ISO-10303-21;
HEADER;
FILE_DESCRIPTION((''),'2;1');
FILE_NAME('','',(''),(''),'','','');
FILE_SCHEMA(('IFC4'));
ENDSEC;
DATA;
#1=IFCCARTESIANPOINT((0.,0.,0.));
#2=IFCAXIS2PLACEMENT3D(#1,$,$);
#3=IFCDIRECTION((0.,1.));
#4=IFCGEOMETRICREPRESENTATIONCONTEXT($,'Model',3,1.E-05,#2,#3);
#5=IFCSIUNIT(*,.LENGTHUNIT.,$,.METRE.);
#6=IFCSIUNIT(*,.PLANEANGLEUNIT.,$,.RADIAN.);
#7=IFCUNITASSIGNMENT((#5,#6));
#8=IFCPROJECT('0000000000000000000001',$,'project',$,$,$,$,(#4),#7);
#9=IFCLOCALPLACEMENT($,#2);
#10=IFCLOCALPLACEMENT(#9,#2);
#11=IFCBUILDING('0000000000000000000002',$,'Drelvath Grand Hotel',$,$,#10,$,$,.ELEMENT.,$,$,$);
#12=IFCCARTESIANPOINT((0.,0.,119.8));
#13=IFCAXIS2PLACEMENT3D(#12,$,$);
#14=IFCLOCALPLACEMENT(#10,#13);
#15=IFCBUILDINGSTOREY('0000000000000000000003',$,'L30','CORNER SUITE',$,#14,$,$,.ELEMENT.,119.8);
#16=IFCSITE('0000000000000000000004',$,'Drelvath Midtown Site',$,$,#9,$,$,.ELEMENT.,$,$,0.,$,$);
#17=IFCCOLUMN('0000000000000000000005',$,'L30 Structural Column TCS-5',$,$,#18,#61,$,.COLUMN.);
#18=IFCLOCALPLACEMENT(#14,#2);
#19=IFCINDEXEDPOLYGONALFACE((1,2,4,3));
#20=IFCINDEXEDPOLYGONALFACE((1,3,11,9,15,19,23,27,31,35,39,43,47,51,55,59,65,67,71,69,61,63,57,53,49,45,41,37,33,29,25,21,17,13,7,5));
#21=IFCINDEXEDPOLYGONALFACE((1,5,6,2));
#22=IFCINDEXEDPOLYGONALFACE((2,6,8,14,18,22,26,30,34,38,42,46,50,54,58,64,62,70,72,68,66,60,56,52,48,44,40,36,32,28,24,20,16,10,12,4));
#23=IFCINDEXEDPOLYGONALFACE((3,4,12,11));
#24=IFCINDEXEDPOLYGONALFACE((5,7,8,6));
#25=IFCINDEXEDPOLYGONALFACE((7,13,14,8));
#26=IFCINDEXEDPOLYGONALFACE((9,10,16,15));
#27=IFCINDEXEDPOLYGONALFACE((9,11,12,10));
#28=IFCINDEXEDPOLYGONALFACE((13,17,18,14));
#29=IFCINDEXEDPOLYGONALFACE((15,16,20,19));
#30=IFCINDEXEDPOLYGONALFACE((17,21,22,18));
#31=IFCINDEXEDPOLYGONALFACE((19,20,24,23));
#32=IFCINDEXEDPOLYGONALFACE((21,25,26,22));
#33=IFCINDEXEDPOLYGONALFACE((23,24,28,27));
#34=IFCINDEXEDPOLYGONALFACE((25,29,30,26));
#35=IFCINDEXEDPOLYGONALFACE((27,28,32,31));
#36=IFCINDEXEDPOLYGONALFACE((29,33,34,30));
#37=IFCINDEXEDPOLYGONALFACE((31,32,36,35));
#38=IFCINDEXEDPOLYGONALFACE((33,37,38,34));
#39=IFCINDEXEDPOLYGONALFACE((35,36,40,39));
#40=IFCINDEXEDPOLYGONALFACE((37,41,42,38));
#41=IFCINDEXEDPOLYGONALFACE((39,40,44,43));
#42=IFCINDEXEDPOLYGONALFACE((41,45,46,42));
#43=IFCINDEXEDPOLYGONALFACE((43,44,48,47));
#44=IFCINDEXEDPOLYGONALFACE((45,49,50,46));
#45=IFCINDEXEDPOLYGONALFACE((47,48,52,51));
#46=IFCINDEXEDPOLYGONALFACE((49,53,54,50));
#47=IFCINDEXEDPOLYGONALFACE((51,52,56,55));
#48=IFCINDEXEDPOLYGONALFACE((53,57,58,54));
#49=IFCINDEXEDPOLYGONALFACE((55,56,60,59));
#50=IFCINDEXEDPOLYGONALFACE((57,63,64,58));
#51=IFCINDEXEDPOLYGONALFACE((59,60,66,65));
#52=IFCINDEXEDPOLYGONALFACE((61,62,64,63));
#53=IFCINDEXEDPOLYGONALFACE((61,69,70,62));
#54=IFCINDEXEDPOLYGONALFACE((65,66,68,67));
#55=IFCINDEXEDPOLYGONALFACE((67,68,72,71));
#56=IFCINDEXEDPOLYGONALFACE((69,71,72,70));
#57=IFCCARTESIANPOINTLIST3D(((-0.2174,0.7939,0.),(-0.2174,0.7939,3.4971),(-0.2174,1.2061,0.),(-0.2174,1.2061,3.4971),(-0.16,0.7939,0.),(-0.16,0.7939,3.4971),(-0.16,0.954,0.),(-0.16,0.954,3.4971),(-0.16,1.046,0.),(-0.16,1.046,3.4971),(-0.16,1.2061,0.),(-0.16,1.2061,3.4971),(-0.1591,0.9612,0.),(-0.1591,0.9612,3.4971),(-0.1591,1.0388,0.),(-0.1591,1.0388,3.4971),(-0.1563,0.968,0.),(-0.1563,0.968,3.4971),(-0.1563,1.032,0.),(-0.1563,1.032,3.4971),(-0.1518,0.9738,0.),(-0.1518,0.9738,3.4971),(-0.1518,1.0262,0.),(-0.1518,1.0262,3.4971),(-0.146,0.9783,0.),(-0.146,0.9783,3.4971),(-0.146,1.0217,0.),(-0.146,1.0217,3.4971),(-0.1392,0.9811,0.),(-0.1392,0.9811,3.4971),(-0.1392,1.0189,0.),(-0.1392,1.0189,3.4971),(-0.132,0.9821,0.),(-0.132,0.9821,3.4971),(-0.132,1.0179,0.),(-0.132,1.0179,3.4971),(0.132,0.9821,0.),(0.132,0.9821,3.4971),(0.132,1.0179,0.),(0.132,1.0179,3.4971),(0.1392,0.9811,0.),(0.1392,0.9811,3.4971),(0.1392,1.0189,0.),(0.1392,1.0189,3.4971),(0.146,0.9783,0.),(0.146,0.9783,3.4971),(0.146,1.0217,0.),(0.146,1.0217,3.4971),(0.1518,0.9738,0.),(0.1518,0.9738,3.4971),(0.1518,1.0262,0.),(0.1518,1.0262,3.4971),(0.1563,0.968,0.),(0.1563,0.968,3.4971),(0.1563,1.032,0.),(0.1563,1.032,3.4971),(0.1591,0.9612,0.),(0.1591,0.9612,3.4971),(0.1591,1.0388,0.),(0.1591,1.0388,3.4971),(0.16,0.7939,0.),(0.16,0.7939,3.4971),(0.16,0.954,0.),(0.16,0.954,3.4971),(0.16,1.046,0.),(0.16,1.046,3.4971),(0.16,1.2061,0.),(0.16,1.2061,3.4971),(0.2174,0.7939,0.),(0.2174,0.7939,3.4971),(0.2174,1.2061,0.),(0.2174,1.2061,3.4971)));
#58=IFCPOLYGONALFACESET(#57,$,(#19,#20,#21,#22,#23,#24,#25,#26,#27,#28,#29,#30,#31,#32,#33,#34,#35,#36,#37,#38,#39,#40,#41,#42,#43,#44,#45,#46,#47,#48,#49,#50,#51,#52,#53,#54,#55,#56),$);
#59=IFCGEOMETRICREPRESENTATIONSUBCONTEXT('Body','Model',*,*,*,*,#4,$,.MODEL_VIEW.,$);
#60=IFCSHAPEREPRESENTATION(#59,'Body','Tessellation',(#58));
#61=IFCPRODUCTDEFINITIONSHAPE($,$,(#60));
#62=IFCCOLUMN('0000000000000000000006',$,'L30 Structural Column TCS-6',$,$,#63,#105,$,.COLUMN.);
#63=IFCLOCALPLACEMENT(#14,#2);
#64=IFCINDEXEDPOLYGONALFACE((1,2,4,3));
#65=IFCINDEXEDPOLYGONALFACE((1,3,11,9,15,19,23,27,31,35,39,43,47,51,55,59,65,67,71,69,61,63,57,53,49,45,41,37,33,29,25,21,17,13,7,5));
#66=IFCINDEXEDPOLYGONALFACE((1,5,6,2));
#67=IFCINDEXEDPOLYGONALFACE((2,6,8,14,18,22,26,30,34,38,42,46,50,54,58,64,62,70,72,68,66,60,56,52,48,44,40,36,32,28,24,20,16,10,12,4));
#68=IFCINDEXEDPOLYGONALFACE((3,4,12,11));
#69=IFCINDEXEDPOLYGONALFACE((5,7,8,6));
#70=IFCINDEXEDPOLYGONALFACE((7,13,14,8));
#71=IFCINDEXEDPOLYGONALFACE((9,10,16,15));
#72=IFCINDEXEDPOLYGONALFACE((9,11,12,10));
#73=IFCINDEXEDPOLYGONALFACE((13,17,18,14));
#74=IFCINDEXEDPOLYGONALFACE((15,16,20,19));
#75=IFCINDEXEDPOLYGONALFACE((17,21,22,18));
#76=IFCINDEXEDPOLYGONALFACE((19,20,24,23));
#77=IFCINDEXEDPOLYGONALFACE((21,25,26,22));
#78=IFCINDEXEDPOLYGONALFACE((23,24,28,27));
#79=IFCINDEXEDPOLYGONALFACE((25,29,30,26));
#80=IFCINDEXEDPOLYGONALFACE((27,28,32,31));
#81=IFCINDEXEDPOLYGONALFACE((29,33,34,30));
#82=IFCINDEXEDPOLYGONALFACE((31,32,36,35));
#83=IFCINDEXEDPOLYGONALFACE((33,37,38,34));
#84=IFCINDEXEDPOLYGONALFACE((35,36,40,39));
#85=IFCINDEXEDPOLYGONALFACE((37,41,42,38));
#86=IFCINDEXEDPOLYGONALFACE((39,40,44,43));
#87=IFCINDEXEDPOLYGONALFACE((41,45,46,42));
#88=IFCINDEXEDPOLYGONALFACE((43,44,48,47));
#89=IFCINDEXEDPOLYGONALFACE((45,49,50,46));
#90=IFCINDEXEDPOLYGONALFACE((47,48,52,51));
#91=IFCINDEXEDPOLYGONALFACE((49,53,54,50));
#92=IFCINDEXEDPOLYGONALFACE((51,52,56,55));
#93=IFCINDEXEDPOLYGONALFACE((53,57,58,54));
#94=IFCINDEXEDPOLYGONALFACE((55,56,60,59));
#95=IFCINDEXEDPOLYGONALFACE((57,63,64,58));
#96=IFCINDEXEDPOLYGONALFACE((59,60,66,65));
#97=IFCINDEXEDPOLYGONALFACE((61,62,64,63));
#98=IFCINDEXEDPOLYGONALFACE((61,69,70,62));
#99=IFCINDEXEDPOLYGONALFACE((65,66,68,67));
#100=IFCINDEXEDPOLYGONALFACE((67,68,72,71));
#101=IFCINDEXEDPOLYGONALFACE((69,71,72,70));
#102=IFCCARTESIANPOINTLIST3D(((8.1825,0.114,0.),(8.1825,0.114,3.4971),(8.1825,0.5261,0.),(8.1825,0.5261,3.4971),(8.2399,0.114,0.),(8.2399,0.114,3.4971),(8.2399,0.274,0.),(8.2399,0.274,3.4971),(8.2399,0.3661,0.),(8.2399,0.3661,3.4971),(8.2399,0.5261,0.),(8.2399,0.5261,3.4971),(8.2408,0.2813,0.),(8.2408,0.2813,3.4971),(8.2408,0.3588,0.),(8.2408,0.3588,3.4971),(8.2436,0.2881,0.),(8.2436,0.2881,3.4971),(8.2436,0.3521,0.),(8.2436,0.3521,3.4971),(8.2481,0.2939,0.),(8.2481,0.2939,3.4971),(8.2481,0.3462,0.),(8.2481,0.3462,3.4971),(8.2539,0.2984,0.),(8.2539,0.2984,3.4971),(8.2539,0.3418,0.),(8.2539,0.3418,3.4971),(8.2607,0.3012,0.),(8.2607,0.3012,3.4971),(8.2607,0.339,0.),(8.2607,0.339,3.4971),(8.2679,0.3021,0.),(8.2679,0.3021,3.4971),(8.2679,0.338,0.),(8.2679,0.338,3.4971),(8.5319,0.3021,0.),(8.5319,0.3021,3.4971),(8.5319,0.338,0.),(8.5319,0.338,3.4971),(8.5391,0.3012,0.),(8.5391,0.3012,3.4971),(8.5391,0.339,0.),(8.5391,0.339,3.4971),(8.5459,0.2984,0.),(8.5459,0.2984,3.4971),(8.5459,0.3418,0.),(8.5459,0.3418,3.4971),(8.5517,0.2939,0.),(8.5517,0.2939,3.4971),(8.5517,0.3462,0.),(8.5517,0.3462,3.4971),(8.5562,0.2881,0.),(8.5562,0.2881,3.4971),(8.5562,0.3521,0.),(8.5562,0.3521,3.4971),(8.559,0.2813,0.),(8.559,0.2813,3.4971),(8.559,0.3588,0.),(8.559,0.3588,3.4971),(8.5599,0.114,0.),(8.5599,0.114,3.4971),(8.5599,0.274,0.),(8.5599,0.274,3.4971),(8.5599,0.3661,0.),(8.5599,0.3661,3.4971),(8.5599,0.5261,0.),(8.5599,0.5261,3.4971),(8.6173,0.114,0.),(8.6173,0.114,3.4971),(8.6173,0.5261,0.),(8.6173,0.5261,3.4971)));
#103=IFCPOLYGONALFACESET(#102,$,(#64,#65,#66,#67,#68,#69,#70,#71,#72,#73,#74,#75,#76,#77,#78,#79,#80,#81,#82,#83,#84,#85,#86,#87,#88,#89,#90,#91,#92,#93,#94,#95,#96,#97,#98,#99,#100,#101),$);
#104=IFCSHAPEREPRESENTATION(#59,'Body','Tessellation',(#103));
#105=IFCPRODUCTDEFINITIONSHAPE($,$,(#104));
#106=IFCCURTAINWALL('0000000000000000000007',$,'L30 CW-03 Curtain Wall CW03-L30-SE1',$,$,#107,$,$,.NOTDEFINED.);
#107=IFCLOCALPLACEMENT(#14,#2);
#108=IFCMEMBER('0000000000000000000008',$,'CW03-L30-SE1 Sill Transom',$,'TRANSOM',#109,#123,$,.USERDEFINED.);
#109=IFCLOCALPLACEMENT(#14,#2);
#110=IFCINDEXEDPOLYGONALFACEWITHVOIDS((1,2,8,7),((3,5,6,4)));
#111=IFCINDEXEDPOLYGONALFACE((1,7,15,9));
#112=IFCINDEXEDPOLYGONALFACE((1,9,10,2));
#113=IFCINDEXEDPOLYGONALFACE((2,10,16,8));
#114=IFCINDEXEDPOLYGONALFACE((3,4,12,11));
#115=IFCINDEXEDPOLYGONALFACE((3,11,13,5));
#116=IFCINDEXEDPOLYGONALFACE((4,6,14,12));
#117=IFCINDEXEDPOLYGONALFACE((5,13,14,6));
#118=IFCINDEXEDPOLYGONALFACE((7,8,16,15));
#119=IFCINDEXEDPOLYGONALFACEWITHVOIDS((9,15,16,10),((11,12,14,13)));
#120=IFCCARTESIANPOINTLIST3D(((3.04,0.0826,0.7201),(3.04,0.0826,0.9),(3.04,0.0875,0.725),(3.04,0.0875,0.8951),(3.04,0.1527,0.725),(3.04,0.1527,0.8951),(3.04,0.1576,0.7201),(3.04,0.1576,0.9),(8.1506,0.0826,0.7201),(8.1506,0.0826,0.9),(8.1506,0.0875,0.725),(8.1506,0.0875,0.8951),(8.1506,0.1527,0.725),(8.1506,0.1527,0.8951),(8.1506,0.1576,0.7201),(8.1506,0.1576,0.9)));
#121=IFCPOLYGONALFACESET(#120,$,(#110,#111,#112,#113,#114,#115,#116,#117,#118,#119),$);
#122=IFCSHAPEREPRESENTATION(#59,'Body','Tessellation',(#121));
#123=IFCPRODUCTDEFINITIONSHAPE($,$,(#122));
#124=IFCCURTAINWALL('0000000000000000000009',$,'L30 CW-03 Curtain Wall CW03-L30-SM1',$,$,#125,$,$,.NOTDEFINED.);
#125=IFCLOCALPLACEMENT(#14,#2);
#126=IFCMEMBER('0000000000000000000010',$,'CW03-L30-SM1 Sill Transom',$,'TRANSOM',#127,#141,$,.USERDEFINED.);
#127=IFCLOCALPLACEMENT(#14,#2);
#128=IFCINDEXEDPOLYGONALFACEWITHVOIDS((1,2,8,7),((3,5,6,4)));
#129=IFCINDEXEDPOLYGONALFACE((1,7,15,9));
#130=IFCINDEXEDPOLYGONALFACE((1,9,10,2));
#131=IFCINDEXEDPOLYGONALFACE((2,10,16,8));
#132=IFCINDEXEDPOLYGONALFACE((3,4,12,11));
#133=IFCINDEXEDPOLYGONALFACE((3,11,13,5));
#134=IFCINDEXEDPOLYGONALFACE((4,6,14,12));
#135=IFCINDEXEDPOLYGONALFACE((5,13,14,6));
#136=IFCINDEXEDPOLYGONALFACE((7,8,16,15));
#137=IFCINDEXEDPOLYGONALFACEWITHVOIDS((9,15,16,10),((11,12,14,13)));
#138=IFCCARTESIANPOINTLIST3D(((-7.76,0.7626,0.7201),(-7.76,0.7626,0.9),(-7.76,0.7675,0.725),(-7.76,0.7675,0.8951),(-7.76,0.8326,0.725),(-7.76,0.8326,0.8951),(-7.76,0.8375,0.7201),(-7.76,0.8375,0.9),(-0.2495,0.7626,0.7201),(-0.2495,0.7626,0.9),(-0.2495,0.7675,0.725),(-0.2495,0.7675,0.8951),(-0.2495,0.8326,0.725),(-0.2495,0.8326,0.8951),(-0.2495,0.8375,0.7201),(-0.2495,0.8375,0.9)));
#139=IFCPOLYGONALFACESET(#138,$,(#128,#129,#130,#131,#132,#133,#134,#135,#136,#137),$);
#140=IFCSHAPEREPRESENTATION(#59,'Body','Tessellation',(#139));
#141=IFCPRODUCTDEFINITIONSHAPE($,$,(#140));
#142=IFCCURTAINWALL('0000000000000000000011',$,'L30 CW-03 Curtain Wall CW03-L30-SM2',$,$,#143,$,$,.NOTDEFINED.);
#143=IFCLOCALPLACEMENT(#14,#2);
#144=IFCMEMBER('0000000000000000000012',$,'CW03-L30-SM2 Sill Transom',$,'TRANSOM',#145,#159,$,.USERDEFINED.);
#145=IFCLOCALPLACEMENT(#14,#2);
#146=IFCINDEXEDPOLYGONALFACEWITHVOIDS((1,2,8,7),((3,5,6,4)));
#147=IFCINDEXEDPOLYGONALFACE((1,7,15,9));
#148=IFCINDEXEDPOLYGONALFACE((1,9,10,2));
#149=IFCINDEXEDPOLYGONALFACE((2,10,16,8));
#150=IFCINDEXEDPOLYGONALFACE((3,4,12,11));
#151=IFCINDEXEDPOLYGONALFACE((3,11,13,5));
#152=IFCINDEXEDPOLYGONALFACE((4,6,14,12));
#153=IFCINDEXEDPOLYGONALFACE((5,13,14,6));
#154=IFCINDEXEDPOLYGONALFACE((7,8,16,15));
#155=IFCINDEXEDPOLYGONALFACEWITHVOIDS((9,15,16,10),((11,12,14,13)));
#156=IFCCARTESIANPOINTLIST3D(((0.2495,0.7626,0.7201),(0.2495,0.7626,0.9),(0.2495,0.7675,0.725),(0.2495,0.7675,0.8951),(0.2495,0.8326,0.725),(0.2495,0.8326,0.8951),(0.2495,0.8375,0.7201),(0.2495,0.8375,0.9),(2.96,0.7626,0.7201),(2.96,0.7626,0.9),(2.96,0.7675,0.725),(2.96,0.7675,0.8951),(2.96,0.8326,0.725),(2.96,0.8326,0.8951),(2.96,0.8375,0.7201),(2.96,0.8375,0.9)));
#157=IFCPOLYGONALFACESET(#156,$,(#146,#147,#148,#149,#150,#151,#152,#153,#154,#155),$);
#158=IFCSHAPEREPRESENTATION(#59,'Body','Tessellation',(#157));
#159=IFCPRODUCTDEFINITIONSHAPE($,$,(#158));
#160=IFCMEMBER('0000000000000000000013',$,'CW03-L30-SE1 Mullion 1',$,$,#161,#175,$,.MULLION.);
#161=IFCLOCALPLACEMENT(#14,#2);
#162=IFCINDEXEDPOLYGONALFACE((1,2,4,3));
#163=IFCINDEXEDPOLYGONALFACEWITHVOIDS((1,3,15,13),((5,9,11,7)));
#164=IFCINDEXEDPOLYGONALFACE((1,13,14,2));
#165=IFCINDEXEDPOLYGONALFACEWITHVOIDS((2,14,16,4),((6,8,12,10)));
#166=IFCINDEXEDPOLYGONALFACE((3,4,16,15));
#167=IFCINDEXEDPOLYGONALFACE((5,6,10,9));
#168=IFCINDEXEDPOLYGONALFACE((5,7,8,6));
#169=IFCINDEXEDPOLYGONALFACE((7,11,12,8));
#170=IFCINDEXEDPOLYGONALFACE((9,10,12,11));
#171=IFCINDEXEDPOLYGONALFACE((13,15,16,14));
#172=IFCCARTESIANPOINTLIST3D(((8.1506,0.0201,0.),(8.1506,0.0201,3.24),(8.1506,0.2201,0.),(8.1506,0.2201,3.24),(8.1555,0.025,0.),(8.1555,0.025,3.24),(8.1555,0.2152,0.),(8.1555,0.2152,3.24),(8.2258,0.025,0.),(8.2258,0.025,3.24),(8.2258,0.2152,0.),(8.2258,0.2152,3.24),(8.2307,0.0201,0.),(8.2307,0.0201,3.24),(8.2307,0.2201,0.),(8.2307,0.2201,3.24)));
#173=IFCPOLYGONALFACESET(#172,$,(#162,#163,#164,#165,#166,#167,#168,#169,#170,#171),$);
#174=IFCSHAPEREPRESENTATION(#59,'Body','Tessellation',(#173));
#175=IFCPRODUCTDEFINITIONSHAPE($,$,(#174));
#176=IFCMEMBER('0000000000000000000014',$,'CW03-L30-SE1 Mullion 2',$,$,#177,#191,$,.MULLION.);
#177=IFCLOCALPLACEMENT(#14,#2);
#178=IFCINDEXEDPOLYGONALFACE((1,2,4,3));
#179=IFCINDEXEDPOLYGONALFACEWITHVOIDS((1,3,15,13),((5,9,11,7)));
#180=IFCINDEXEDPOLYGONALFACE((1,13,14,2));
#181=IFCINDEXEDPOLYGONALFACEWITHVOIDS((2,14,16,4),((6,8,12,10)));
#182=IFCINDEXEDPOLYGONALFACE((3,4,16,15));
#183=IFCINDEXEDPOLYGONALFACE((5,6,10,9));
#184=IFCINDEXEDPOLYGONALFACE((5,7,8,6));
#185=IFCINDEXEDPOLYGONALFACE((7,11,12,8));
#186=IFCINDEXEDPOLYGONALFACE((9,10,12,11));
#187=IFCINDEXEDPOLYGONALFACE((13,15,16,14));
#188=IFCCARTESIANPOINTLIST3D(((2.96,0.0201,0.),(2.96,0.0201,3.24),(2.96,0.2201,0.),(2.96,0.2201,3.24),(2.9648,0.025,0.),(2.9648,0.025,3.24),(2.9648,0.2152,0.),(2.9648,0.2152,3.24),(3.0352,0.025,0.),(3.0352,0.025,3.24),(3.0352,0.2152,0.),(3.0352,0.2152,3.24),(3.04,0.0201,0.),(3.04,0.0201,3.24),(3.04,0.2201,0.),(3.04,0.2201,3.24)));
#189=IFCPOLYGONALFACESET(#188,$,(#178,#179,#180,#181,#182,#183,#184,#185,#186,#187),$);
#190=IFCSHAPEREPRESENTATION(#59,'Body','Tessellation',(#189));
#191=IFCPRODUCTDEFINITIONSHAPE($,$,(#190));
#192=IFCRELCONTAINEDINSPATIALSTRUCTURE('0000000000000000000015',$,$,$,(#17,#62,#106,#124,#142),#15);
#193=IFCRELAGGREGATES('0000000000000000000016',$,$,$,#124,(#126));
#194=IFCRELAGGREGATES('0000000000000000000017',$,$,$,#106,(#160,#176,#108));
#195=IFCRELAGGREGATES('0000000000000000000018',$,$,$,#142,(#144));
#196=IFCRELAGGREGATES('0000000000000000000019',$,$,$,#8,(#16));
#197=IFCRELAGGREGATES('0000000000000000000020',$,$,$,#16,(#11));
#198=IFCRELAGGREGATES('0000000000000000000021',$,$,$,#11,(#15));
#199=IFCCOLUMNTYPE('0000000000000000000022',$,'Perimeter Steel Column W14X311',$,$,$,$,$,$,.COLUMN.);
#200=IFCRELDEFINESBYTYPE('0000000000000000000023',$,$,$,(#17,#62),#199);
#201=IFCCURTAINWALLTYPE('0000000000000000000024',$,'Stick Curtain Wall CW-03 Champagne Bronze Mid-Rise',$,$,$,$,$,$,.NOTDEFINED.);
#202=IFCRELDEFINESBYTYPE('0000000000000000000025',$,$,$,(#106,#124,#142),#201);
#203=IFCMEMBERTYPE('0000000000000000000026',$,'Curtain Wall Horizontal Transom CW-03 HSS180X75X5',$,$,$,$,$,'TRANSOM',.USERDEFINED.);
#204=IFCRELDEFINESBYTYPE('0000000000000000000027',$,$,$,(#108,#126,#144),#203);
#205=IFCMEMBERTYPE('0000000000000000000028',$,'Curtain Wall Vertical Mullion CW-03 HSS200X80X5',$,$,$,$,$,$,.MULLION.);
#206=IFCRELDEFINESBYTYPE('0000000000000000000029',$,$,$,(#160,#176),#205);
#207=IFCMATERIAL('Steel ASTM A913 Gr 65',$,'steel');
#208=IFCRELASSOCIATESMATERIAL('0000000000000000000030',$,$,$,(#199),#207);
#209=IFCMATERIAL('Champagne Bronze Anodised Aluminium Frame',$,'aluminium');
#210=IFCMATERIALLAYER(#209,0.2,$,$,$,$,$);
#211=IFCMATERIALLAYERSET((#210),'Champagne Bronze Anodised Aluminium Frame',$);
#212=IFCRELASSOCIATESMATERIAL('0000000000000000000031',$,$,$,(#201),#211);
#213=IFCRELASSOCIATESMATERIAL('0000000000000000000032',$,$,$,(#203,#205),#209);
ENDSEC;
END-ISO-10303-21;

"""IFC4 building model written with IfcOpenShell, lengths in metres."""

from ifc_helpers import new_model, si_unit, direction, frame, origin, origin_2d, place, context, subcontext, project, spatial, hollow_rectangle, i_section, extrude, material, layer, layer_set, material_profile, profile_set, type_object, element, aggregate, save


model = new_model("IFC4")

# Units and contexts
model_context = context("Model", 3, precision=1e-05, world=origin(), true_north=direction((0.0, 1.0)))
body_context = subcontext(model_context, "Body", "Model", "MODEL_VIEW")
ifc_project = project(units=[si_unit("LENGTHUNIT", "METRE"), si_unit("PLANEANGLEUNIT", "RADIAN")], contexts=[model_context])

# Site, building, storey
site_placement = place(None, origin())
site = spatial("IfcSite", under=ifc_project, at=site_placement, Name="Drelvath Midtown Site", CompositionType="ELEMENT", RefElevation=0.0)
building_placement = place(site_placement, origin())
building = spatial("IfcBuilding", under=site, at=building_placement, Name="Drelvath Grand Hotel", CompositionType="ELEMENT")
storey_placement = place(building_placement, frame((0.0, 0.0, 119.8)))
storey = spatial("IfcBuildingStorey", under=building, at=storey_placement, Name="L30", Description="CORNER SUITE", CompositionType="ELEMENT", Elevation=119.8)

# Columns
ifc_material_1 = material(Name="Steel ASTM A913 Gr 65", Category="steel")
ifc_material_profile_1 = material_profile(ifc_material_1, i_section(OverallWidth=0.4121, OverallDepth=0.4348, WebThickness=0.0359, FlangeThickness=0.0574, FilletRadius=0.0281, at=origin_2d()), Name="W14X311")
ifc_profile_set_1 = profile_set([ifc_material_profile_1], Name="Steel ASTM A913 Gr 65")
column_type = type_object("IfcColumnType", Name="Perimeter Steel Column W14X311", PredefinedType="COLUMN", material=ifc_profile_set_1)
for number, where, z_axis, x_axis, name in (
    (1, (0.0, 1.0, 0.0), (0.0, 0.0, 1.0), (0.0, 1.0, 0.0), "L30 Structural Column TCS-5"),
    (2, (8.3999, 0.3201, 0.0), (0.0, 0.0, 1.0), (0.0, 1.0, 0.0), "L30 Structural Column TCS-6"),
):
    element("IfcColumn", number, at=place(storey_placement, frame(where, z_axis=z_axis, x_axis=x_axis)), inside=storey, type_object=column_type, Name=name, PredefinedType="COLUMN", context=body_context, shape_type="SweptSolid", body=[
        extrude(i_section(OverallWidth=0.4121, OverallDepth=0.4348, WebThickness=0.0359, FlangeThickness=0.0574, FilletRadius=0.0281, at=origin_2d()), origin(), (0.0, 0.0, 1.0), 3.4971),
    ])

# Curtain walls, members
ifc_material_2 = material(Name="Champagne Bronze Anodised Aluminium Frame", Category="aluminium")
ifc_layer_1 = layer(ifc_material_2, 0.2)
ifc_layer_set_1 = layer_set([ifc_layer_1], Name="Champagne Bronze Anodised Aluminium Frame")
curtain_wall_type = type_object("IfcCurtainWallType", Name="Stick Curtain Wall CW-03 Champagne Bronze Mid-Rise", PredefinedType="NOTDEFINED", material=ifc_layer_set_1)
curtain_wall_1_placement = place(storey_placement, origin())
curtain_wall_1 = element("IfcCurtainWall", 3, at=curtain_wall_1_placement, inside=storey, type_object=curtain_wall_type, Name="L30 CW-03 Curtain Wall CW03-L30-SE1", PredefinedType="NOTDEFINED")
ifc_material_profile_2 = material_profile(ifc_material_2, hollow_rectangle(XDim=0.075, YDim=0.1799, WallThickness=0.0049, at=origin_2d()), Name="HSS180X75X5")
ifc_profile_set_2 = profile_set([ifc_material_profile_2], Name="Champagne Bronze Anodised Aluminium Frame")
member_type_1 = type_object("IfcMemberType", Name="Curtain Wall Horizontal Transom CW-03 HSS180X75X5", ElementType="TRANSOM", PredefinedType="USERDEFINED", material=ifc_profile_set_2)
member_1_placement = place(storey_placement, frame((8.1506, 0.1201, 0.8101), z_axis=(-1.0, 0.0, 0.0), x_axis=(0.0, -1.0, 0.0)))
member_1 = element("IfcMember", 4, at=member_1_placement, type_object=member_type_1, Name="CW03-L30-SE1 Sill Transom", ObjectType="TRANSOM", PredefinedType="USERDEFINED", context=body_context, shape_type="SweptSolid", body=[
    extrude(hollow_rectangle(XDim=0.075, YDim=0.1799, WallThickness=0.0049, at=origin_2d()), origin(), (0.0, 0.0, 1.0), 5.1106),
])
curtain_wall_2_placement = place(storey_placement, origin())
curtain_wall_2 = element("IfcCurtainWall", 5, at=curtain_wall_2_placement, inside=storey, type_object=curtain_wall_type, Name="L30 CW-03 Curtain Wall CW03-L30-SM1", PredefinedType="NOTDEFINED")
member_2_placement = place(storey_placement, frame((-0.2495, 0.8, 0.8101), z_axis=(-1.0, 0.0, 0.0), x_axis=(0.0, -1.0, 0.0)))
member_2 = element("IfcMember", 6, at=member_2_placement, type_object=member_type_1, Name="CW03-L30-SM1 Sill Transom", ObjectType="TRANSOM", PredefinedType="USERDEFINED", context=body_context, shape_type="SweptSolid", body=[
    extrude(hollow_rectangle(XDim=0.075, YDim=0.1799, WallThickness=0.0049, at=origin_2d()), origin(), (0.0, 0.0, 1.0), 7.5105),
])
curtain_wall_3_placement = place(storey_placement, origin())
curtain_wall_3 = element("IfcCurtainWall", 7, at=curtain_wall_3_placement, inside=storey, type_object=curtain_wall_type, Name="L30 CW-03 Curtain Wall CW03-L30-SM2", PredefinedType="NOTDEFINED")
member_3_placement = place(storey_placement, frame((2.96, 0.8, 0.8101), z_axis=(-1.0, 0.0, 0.0), x_axis=(0.0, -1.0, 0.0)))
member_3 = element("IfcMember", 8, at=member_3_placement, type_object=member_type_1, Name="CW03-L30-SM2 Sill Transom", ObjectType="TRANSOM", PredefinedType="USERDEFINED", context=body_context, shape_type="SweptSolid", body=[
    extrude(hollow_rectangle(XDim=0.075, YDim=0.1799, WallThickness=0.0049, at=origin_2d()), origin(), (0.0, 0.0, 1.0), 2.7104),
])

# Members
ifc_material_profile_3 = material_profile(ifc_material_2, hollow_rectangle(XDim=0.0801, YDim=0.2, WallThickness=0.0049, at=origin_2d()), Name="HSS200X80X5")
ifc_profile_set_3 = profile_set([ifc_material_profile_3], Name="Champagne Bronze Anodised Aluminium Frame")
member_type_2 = type_object("IfcMemberType", Name="Curtain Wall Vertical Mullion CW-03 HSS200X80X5", PredefinedType="MULLION", material=ifc_profile_set_3)
member_4_placement = place(storey_placement, frame((8.1907, 0.1201, 0.0), z_axis=(0.0, 0.0, 1.0), x_axis=(1.0, 0.0, 0.0)))
member_4 = element("IfcMember", 9, at=member_4_placement, type_object=member_type_2, Name="CW03-L30-SE1 Mullion 1", PredefinedType="MULLION", context=body_context, shape_type="SweptSolid", body=[
    extrude(hollow_rectangle(XDim=0.0801, YDim=0.2, WallThickness=0.0049, at=origin_2d()), origin(), (0.0, 0.0, 1.0), 3.24),
])
member_5_placement = place(storey_placement, frame((3.0, 0.1201, 0.0), z_axis=(0.0, 0.0, 1.0), x_axis=(1.0, 0.0, 0.0)))
member_5 = element("IfcMember", 10, at=member_5_placement, type_object=member_type_2, Name="CW03-L30-SE1 Mullion 2", PredefinedType="MULLION", context=body_context, shape_type="SweptSolid", body=[
    extrude(hollow_rectangle(XDim=0.0801, YDim=0.2, WallThickness=0.0049, at=origin_2d()), origin(), (0.0, 0.0, 1.0), 3.24),
])
aggregate(curtain_wall_2, [member_2])

aggregate(curtain_wall_1, [member_4, member_5, member_1])
aggregate(curtain_wall_3, [member_3])

save(model, "model.ifc")
